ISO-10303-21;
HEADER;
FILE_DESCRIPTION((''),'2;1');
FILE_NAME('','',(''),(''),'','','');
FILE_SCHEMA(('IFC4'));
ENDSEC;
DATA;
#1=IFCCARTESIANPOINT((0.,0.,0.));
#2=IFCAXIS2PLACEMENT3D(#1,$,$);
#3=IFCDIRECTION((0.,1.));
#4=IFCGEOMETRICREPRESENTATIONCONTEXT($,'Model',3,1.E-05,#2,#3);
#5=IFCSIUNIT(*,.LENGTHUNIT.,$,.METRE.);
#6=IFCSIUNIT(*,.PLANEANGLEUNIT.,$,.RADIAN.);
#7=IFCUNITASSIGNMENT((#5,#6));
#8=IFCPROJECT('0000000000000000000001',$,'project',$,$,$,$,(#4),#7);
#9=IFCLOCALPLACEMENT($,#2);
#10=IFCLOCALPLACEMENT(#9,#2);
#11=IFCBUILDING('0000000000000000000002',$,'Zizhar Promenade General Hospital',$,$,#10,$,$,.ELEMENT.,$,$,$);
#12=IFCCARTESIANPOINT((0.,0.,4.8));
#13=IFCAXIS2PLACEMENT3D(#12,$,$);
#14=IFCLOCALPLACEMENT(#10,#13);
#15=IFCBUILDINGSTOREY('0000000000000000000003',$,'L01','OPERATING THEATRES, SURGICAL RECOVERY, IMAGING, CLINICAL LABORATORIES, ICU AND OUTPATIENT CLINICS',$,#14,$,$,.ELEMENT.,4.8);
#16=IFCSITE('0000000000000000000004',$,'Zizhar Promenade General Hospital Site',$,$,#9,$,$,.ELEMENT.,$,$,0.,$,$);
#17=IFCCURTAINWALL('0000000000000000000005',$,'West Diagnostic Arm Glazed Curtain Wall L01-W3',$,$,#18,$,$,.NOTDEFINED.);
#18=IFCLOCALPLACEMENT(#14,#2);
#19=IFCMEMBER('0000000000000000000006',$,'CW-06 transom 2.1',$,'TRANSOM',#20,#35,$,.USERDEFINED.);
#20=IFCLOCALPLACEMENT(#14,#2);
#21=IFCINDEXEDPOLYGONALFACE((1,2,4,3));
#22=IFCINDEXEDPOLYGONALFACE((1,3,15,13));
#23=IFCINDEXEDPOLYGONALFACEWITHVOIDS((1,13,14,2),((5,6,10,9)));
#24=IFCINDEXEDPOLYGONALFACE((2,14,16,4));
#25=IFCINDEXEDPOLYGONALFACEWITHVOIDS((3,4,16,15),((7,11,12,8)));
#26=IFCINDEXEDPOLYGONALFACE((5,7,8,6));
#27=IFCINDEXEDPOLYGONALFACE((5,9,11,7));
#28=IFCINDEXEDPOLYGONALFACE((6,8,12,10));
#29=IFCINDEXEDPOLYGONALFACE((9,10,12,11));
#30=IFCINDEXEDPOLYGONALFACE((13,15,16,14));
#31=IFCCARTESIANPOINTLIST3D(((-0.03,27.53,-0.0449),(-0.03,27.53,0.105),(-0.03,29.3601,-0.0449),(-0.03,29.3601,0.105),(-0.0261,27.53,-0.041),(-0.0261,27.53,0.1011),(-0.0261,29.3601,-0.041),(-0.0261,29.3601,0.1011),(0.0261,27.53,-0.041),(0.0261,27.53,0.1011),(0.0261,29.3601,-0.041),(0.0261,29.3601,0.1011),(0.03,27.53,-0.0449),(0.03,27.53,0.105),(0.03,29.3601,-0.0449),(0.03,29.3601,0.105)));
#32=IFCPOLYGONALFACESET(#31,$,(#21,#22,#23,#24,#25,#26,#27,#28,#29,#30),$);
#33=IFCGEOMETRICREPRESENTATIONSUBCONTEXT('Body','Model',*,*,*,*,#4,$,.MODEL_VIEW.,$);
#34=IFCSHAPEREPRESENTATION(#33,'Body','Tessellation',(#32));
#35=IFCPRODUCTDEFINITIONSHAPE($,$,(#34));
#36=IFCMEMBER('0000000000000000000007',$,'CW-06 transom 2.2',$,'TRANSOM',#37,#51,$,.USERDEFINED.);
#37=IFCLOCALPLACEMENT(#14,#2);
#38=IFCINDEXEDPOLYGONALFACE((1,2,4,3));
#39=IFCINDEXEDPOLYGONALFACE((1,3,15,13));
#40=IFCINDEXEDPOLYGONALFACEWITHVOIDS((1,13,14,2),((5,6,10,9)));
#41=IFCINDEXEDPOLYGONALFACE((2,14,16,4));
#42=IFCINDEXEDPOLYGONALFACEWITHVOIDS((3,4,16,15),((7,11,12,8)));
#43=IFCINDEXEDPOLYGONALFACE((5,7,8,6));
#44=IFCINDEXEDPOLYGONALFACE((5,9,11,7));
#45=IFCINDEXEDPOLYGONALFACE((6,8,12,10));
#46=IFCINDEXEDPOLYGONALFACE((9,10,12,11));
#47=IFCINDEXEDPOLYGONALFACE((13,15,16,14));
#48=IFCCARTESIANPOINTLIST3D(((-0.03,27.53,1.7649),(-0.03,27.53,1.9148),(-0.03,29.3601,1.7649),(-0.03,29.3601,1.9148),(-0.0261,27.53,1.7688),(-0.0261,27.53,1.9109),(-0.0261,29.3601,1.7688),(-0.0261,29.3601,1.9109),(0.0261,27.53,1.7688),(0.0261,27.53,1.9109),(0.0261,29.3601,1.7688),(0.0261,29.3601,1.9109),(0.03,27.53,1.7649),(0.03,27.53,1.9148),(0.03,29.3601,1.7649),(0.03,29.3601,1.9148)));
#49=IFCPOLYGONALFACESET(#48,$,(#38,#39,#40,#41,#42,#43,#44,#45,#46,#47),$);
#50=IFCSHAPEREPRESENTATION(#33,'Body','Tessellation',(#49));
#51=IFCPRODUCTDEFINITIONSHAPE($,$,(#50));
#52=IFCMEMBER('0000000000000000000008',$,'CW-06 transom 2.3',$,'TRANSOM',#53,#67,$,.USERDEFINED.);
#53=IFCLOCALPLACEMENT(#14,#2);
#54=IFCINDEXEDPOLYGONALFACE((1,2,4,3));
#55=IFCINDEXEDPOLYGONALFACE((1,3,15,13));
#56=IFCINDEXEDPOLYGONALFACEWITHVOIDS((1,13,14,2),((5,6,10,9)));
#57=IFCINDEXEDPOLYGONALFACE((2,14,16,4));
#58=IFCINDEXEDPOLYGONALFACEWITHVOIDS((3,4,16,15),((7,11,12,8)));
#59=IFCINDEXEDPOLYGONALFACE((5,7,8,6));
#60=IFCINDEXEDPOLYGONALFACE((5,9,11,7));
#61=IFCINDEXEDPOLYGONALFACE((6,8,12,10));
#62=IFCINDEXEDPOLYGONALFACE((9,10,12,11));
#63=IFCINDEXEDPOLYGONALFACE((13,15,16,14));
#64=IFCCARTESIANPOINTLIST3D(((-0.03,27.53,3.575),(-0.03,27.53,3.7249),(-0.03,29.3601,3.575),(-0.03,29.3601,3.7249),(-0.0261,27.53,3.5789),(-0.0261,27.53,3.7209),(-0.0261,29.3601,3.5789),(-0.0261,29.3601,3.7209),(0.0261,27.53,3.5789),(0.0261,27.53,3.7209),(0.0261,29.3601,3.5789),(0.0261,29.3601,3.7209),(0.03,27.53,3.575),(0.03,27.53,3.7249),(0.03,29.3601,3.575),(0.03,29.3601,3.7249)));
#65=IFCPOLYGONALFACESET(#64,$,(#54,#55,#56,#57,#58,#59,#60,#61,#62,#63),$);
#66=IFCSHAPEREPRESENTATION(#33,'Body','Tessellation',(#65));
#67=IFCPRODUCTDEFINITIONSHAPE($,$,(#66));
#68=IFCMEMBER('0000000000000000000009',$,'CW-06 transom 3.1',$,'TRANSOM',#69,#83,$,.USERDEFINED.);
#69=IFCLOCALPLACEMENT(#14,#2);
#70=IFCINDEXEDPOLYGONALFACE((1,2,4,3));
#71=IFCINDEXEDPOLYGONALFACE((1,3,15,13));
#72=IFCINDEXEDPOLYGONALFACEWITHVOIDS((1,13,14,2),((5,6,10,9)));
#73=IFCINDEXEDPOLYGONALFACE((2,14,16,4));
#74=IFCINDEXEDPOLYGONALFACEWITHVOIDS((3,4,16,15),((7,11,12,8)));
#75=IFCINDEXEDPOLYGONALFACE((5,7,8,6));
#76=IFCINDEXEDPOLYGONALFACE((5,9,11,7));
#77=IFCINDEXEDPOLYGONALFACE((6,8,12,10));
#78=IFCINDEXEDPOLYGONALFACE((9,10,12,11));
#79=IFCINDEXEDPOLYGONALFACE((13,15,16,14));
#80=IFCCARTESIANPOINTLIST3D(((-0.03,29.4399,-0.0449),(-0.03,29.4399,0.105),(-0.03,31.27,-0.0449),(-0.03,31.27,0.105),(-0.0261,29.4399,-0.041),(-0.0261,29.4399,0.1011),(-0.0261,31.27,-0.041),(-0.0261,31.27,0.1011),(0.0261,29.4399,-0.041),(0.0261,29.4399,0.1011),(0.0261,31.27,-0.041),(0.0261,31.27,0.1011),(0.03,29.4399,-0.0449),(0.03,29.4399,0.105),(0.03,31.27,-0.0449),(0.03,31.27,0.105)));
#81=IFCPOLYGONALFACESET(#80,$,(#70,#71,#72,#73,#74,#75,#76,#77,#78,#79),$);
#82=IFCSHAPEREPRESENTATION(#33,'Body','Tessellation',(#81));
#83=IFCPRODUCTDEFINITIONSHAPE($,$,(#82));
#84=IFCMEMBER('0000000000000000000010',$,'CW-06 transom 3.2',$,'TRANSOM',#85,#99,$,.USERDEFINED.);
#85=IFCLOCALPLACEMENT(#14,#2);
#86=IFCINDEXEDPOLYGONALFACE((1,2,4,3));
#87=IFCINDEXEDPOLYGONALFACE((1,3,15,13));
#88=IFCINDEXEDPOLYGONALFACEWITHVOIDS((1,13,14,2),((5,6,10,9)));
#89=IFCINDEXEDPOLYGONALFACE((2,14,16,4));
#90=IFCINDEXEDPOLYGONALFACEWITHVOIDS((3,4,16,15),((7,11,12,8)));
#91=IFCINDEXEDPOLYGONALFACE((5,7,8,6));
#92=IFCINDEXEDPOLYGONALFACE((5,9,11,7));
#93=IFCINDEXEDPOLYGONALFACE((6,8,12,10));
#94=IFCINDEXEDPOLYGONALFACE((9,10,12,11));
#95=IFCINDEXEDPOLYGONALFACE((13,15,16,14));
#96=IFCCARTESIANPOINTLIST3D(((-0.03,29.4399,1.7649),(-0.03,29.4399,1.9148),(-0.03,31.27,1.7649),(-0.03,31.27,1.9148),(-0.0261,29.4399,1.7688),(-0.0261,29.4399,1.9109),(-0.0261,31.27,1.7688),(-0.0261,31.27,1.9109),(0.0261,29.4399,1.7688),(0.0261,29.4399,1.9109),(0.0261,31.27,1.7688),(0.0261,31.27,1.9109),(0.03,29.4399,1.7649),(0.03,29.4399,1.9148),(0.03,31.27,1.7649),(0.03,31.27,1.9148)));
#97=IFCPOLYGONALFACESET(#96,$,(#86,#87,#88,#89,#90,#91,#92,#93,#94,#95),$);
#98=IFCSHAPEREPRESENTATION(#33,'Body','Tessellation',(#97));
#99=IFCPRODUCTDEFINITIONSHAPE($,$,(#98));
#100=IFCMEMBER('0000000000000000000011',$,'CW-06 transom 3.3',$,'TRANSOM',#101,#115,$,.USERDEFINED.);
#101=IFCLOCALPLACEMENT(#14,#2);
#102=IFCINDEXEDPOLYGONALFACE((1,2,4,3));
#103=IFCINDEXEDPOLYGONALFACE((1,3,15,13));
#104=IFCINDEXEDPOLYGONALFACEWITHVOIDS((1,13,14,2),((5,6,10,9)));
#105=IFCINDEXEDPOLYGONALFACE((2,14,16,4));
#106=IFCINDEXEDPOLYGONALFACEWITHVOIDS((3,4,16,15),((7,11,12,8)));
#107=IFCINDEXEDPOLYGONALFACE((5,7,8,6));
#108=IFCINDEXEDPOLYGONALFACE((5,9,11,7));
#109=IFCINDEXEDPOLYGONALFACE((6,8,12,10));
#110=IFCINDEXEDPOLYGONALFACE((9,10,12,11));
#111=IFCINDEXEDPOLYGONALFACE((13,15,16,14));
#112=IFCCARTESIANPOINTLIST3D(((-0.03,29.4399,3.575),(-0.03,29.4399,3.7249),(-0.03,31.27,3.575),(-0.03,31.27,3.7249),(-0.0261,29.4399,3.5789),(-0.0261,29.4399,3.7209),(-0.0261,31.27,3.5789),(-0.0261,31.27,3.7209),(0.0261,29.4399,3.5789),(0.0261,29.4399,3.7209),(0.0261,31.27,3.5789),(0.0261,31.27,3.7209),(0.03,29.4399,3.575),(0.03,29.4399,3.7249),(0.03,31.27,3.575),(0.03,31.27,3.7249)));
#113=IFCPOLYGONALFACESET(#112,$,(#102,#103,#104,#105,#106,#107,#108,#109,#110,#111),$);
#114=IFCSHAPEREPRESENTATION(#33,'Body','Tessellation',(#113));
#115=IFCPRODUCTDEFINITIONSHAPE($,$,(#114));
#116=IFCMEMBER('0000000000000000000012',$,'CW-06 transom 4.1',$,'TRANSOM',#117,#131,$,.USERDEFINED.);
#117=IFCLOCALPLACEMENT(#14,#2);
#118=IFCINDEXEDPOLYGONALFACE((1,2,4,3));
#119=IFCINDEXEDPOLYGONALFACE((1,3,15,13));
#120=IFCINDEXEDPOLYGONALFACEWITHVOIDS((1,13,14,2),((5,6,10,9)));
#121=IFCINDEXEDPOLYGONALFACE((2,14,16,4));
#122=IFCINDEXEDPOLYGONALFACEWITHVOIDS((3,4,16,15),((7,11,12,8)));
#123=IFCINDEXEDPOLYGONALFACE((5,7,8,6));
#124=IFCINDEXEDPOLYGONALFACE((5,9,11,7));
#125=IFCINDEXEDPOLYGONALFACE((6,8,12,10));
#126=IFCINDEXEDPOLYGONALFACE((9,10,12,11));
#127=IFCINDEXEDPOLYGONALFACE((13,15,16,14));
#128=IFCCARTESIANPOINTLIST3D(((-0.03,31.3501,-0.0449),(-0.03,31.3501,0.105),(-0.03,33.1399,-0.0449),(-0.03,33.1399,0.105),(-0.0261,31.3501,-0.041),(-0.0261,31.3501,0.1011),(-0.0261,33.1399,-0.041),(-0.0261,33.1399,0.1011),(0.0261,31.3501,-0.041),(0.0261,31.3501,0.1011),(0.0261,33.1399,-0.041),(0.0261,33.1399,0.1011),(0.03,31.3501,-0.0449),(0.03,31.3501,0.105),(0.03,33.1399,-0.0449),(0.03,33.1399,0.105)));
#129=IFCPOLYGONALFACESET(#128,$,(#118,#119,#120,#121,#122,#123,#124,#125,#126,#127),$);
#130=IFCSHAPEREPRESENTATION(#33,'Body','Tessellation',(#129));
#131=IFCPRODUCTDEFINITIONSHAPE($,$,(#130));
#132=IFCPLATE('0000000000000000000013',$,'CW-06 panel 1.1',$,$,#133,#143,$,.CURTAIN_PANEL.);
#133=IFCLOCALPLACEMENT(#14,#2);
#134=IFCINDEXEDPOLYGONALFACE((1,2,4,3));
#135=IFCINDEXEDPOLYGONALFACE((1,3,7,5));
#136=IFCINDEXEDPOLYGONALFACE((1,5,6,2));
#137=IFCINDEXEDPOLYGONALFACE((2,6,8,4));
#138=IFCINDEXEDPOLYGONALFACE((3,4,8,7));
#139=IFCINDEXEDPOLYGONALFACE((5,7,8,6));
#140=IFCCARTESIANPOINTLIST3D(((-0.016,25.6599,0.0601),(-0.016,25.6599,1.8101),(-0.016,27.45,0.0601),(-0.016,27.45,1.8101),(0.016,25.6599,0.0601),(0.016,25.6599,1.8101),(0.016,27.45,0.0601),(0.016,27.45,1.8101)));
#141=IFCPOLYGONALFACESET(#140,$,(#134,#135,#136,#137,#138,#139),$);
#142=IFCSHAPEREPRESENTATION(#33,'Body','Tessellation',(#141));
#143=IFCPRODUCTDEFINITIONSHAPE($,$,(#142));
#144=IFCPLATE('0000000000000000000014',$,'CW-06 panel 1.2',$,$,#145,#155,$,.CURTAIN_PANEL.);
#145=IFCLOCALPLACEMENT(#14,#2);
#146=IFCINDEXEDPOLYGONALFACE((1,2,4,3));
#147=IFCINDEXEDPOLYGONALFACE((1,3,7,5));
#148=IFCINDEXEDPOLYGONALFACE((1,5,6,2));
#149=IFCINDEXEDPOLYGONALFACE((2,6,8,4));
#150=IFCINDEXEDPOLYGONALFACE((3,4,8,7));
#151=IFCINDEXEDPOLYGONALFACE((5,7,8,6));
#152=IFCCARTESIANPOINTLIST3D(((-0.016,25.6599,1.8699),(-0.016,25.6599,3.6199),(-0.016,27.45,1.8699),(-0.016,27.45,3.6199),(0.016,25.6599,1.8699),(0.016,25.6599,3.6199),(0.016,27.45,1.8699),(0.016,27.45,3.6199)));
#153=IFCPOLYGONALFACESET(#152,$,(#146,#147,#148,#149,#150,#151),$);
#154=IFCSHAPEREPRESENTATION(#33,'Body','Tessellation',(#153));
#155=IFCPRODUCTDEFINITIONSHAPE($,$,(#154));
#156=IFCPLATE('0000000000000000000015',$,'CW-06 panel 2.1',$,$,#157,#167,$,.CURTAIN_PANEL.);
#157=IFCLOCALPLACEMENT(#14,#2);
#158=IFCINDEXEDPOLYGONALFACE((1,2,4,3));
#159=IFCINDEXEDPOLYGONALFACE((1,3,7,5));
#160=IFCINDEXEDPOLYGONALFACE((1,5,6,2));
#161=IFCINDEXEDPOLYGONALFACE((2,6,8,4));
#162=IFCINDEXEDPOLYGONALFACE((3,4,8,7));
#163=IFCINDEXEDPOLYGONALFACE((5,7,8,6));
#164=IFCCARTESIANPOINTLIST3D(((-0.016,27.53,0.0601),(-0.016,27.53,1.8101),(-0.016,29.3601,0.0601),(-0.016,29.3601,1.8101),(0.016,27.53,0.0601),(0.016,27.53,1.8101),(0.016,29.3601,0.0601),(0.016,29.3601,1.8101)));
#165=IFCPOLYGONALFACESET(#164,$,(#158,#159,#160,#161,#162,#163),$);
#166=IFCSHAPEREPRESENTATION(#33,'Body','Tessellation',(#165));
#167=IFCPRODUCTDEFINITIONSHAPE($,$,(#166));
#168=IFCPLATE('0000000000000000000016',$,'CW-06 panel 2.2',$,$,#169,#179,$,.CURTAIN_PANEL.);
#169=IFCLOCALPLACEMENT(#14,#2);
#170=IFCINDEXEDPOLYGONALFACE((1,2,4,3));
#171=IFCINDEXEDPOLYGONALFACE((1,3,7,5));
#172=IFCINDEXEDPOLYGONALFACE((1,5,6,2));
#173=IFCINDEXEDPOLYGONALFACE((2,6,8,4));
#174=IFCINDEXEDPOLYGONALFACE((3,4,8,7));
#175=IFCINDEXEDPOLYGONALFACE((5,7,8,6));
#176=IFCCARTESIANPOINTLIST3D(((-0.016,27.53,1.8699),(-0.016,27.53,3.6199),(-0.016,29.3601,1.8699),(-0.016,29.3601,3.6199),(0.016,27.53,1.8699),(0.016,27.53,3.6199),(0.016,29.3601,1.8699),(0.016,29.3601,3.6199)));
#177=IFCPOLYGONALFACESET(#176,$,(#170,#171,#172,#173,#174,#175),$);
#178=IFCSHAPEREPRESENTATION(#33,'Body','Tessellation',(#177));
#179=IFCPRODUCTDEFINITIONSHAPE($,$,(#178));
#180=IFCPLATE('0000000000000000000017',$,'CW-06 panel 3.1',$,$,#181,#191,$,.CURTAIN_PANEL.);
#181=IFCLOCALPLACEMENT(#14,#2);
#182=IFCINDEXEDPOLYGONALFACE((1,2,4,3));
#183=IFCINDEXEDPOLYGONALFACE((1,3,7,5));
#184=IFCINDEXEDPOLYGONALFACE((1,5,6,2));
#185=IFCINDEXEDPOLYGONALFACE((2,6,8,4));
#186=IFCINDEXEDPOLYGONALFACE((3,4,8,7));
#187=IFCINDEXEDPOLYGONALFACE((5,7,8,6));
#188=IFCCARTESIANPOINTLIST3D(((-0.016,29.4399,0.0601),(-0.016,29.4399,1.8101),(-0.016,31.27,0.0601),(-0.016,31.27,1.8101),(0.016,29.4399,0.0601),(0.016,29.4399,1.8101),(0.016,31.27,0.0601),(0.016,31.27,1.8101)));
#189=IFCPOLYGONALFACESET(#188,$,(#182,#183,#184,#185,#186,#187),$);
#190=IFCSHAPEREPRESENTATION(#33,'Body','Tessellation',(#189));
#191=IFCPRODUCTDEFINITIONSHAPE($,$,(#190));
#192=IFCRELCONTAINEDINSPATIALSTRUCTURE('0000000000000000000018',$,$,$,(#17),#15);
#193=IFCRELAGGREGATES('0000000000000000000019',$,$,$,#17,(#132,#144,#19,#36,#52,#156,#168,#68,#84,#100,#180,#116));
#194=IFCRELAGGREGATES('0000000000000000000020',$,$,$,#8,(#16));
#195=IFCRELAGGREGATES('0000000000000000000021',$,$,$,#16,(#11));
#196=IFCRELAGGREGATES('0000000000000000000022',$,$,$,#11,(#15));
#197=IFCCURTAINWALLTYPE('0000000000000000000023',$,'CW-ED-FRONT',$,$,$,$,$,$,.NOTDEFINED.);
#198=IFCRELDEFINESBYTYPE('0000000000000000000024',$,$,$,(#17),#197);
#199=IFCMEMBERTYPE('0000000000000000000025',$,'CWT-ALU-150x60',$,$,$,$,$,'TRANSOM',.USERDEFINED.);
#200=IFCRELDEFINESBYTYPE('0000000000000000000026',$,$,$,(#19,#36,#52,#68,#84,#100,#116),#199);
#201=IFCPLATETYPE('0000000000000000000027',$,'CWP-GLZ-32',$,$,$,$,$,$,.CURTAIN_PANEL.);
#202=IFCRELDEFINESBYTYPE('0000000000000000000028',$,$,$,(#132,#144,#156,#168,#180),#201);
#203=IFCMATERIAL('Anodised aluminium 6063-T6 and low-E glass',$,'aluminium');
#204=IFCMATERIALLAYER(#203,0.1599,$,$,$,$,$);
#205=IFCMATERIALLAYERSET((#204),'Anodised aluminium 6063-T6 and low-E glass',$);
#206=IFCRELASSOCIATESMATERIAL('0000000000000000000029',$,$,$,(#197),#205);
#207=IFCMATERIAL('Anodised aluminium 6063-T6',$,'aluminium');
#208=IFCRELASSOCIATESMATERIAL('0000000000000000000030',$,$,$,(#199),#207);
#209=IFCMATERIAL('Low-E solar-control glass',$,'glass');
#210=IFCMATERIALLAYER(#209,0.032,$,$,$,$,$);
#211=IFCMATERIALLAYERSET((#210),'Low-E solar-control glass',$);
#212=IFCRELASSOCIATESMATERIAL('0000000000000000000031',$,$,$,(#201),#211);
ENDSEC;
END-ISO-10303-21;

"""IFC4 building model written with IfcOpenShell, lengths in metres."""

from ifc_helpers import new_model, si_unit, direction, frame, origin, origin_2d, place, context, subcontext, project, spatial, rectangle, hollow_rectangle, extrude, material, layer, layer_set, material_profile, profile_set, type_object, element, aggregate, save


model = new_model("IFC4")

# Units and contexts
model_context = context("Model", 3, precision=1e-05, world=origin(), true_north=direction((0.0, 1.0)))
body_context = subcontext(model_context, "Body", "Model", "MODEL_VIEW")
ifc_project = project(units=[si_unit("LENGTHUNIT", "METRE"), si_unit("PLANEANGLEUNIT", "RADIAN")], contexts=[model_context])

# Site, building, storey
site_placement = place(None, origin())
site = spatial("IfcSite", under=ifc_project, at=site_placement, Name="Zizhar Promenade General Hospital Site", CompositionType="ELEMENT", RefElevation=0.0)
building_placement = place(site_placement, origin())
building = spatial("IfcBuilding", under=site, at=building_placement, Name="Zizhar Promenade General Hospital", CompositionType="ELEMENT")
storey_placement = place(building_placement, frame((0.0, 0.0, 4.8)))
storey = spatial("IfcBuildingStorey", under=building, at=storey_placement, Name="L01", Description="OPERATING THEATRES, SURGICAL RECOVERY, IMAGING, CLINICAL LABORATORIES, ICU AND OUTPATIENT CLINICS", CompositionType="ELEMENT", Elevation=4.8)

# Curtain wall, members, plates
ifc_material_1 = material(Name="Anodised aluminium 6063-T6 and low-E glass", Category="aluminium")
ifc_layer_1 = layer(ifc_material_1, 0.1599)
ifc_layer_set_1 = layer_set([ifc_layer_1], Name="Anodised aluminium 6063-T6 and low-E glass")
curtain_wall_type = type_object("IfcCurtainWallType", Name="CW-ED-FRONT", PredefinedType="NOTDEFINED", material=ifc_layer_set_1)
curtain_wall_placement = place(storey_placement, origin())
curtain_wall = element("IfcCurtainWall", 1, at=curtain_wall_placement, inside=storey, type_object=curtain_wall_type, Name="West Diagnostic Arm Glazed Curtain Wall L01-W3", PredefinedType="NOTDEFINED")
ifc_material_2 = material(Name="Anodised aluminium 6063-T6", Category="aluminium")
ifc_material_profile_1 = material_profile(ifc_material_2, hollow_rectangle(XDim=0.0601, YDim=0.1499, WallThickness=0.0039, at=origin_2d()))
ifc_profile_set_1 = profile_set([ifc_material_profile_1], Name="Anodised aluminium 6063-T6")
member_type_1 = type_object("IfcMemberType", Name="CWT-ALU-150x60", ElementType="TRANSOM", PredefinedType="USERDEFINED", material=ifc_profile_set_1)
member_1_placement = place(storey_placement, frame((0.0, 27.53, 0.03), z_axis=(0.0, 1.0, 0.0), x_axis=(-1.0, 0.0, 0.0)))
member_1 = element("IfcMember", 2, at=member_1_placement, type_object=member_type_1, Name="CW-06 transom 2.1", ObjectType="TRANSOM", PredefinedType="USERDEFINED", context=body_context, shape_type="SweptSolid", body=[
    extrude(hollow_rectangle(XDim=0.0601, YDim=0.1499, WallThickness=0.0039, at=origin_2d()), origin(), (0.0, 0.0, 1.0), 1.8301),
])
member_2_placement = place(storey_placement, frame((0.0, 27.53, 1.8398), z_axis=(0.0, 1.0, 0.0), x_axis=(-1.0, 0.0, 0.0)))
member_2 = element("IfcMember", 3, at=member_2_placement, type_object=member_type_1, Name="CW-06 transom 2.2", ObjectType="TRANSOM", PredefinedType="USERDEFINED", context=body_context, shape_type="SweptSolid", body=[
    extrude(hollow_rectangle(XDim=0.0601, YDim=0.1499, WallThickness=0.0039, at=origin_2d()), origin(), (0.0, 0.0, 1.0), 1.8301),
])
member_3_placement = place(storey_placement, frame((0.0, 27.53, 3.6499), z_axis=(0.0, 1.0, 0.0), x_axis=(-1.0, 0.0, 0.0)))
member_3 = element("IfcMember", 4, at=member_3_placement, type_object=member_type_1, Name="CW-06 transom 2.3", ObjectType="TRANSOM", PredefinedType="USERDEFINED", context=body_context, shape_type="SweptSolid", body=[
    extrude(hollow_rectangle(XDim=0.0601, YDim=0.1499, WallThickness=0.0039, at=origin_2d()), origin(), (0.0, 0.0, 1.0), 1.8301),
])
member_4_placement = place(storey_placement, frame((0.0, 29.4399, 0.03), z_axis=(0.0, 1.0, 0.0), x_axis=(-1.0, 0.0, 0.0)))
member_4 = element("IfcMember", 5, at=member_4_placement, type_object=member_type_1, Name="CW-06 transom 3.1", ObjectType="TRANSOM", PredefinedType="USERDEFINED", context=body_context, shape_type="SweptSolid", body=[
    extrude(hollow_rectangle(XDim=0.0601, YDim=0.1499, WallThickness=0.0039, at=origin_2d()), origin(), (0.0, 0.0, 1.0), 1.8301),
])
member_5_placement = place(storey_placement, frame((0.0, 29.4399, 1.8398), z_axis=(0.0, 1.0, 0.0), x_axis=(-1.0, 0.0, 0.0)))
member_5 = element("IfcMember", 6, at=member_5_placement, type_object=member_type_1, Name="CW-06 transom 3.2", ObjectType="TRANSOM", PredefinedType="USERDEFINED", context=body_context, shape_type="SweptSolid", body=[
    extrude(hollow_rectangle(XDim=0.0601, YDim=0.1499, WallThickness=0.0039, at=origin_2d()), origin(), (0.0, 0.0, 1.0), 1.8301),
])
member_6_placement = place(storey_placement, frame((0.0, 29.4399, 3.6499), z_axis=(0.0, 1.0, 0.0), x_axis=(-1.0, 0.0, 0.0)))
member_6 = element("IfcMember", 7, at=member_6_placement, type_object=member_type_1, Name="CW-06 transom 3.3", ObjectType="TRANSOM", PredefinedType="USERDEFINED", context=body_context, shape_type="SweptSolid", body=[
    extrude(hollow_rectangle(XDim=0.0601, YDim=0.1499, WallThickness=0.0039, at=origin_2d()), origin(), (0.0, 0.0, 1.0), 1.8301),
])
member_7_placement = place(storey_placement, frame((0.0, 31.3501, 0.03), z_axis=(0.0, 1.0, 0.0), x_axis=(-1.0, 0.0, 0.0)))
member_7 = element("IfcMember", 8, at=member_7_placement, type_object=member_type_1, Name="CW-06 transom 4.1", ObjectType="TRANSOM", PredefinedType="USERDEFINED", context=body_context, shape_type="SweptSolid", body=[
    extrude(hollow_rectangle(XDim=0.0601, YDim=0.1499, WallThickness=0.0039, at=origin_2d()), origin(), (0.0, 0.0, 1.0), 1.7898),
])
ifc_material_3 = material(Name="Low-E solar-control glass", Category="glass")
ifc_layer_2 = layer(ifc_material_3, 0.032)
ifc_layer_set_2 = layer_set([ifc_layer_2], Name="Low-E solar-control glass")
plate_type = type_object("IfcPlateType", Name="CWP-GLZ-32", PredefinedType="CURTAIN_PANEL", material=ifc_layer_set_2)
plate_1_placement = place(storey_placement, frame((0.0, 26.5549, 0.0601), z_axis=(0.0, 0.0, 1.0), x_axis=(0.0, 1.0, 0.0)))
plate_1 = element("IfcPlate", 9, at=plate_1_placement, type_object=plate_type, Name="CW-06 panel 1.1", PredefinedType="CURTAIN_PANEL", context=body_context, shape_type="SweptSolid", body=[
    extrude(rectangle(XDim=1.79, YDim=0.032, at=origin_2d()), origin(), (0.0, 0.0, 1.0), 1.75),
])
plate_2_placement = place(storey_placement, frame((0.0, 26.5549, 1.8699), z_axis=(0.0, 0.0, 1.0), x_axis=(0.0, 1.0, 0.0)))
plate_2 = element("IfcPlate", 10, at=plate_2_placement, type_object=plate_type, Name="CW-06 panel 1.2", PredefinedType="CURTAIN_PANEL", context=body_context, shape_type="SweptSolid", body=[
    extrude(rectangle(XDim=1.79, YDim=0.032, at=origin_2d()), origin(), (0.0, 0.0, 1.0), 1.75),
])
plate_3_placement = place(storey_placement, frame((0.0, 28.4451, 0.0601), z_axis=(0.0, 0.0, 1.0), x_axis=(0.0, 1.0, 0.0)))
plate_3 = element("IfcPlate", 11, at=plate_3_placement, type_object=plate_type, Name="CW-06 panel 2.1", PredefinedType="CURTAIN_PANEL", context=body_context, shape_type="SweptSolid", body=[
    extrude(rectangle(XDim=1.8301, YDim=0.032, at=origin_2d()), origin(), (0.0, 0.0, 1.0), 1.75),
])
plate_4_placement = place(storey_placement, frame((0.0, 28.4451, 1.8699), z_axis=(0.0, 0.0, 1.0), x_axis=(0.0, 1.0, 0.0)))
plate_4 = element("IfcPlate", 12, at=plate_4_placement, type_object=plate_type, Name="CW-06 panel 2.2", PredefinedType="CURTAIN_PANEL", context=body_context, shape_type="SweptSolid", body=[
    extrude(rectangle(XDim=1.8301, YDim=0.032, at=origin_2d()), origin(), (0.0, 0.0, 1.0), 1.75),
])
plate_5_placement = place(storey_placement, frame((0.0, 30.355, 0.0601), z_axis=(0.0, 0.0, 1.0), x_axis=(0.0, 1.0, 0.0)))
plate_5 = element("IfcPlate", 13, at=plate_5_placement, type_object=plate_type, Name="CW-06 panel 3.1", PredefinedType="CURTAIN_PANEL", context=body_context, shape_type="SweptSolid", body=[
    extrude(rectangle(XDim=1.8301, YDim=0.032, at=origin_2d()), origin(), (0.0, 0.0, 1.0), 1.75),
])
aggregate(curtain_wall, [plate_1, plate_2, member_1, member_2, member_3, plate_3, plate_4, member_4, member_5, member_6, plate_5, member_7])

save(model, "model.ifc")
